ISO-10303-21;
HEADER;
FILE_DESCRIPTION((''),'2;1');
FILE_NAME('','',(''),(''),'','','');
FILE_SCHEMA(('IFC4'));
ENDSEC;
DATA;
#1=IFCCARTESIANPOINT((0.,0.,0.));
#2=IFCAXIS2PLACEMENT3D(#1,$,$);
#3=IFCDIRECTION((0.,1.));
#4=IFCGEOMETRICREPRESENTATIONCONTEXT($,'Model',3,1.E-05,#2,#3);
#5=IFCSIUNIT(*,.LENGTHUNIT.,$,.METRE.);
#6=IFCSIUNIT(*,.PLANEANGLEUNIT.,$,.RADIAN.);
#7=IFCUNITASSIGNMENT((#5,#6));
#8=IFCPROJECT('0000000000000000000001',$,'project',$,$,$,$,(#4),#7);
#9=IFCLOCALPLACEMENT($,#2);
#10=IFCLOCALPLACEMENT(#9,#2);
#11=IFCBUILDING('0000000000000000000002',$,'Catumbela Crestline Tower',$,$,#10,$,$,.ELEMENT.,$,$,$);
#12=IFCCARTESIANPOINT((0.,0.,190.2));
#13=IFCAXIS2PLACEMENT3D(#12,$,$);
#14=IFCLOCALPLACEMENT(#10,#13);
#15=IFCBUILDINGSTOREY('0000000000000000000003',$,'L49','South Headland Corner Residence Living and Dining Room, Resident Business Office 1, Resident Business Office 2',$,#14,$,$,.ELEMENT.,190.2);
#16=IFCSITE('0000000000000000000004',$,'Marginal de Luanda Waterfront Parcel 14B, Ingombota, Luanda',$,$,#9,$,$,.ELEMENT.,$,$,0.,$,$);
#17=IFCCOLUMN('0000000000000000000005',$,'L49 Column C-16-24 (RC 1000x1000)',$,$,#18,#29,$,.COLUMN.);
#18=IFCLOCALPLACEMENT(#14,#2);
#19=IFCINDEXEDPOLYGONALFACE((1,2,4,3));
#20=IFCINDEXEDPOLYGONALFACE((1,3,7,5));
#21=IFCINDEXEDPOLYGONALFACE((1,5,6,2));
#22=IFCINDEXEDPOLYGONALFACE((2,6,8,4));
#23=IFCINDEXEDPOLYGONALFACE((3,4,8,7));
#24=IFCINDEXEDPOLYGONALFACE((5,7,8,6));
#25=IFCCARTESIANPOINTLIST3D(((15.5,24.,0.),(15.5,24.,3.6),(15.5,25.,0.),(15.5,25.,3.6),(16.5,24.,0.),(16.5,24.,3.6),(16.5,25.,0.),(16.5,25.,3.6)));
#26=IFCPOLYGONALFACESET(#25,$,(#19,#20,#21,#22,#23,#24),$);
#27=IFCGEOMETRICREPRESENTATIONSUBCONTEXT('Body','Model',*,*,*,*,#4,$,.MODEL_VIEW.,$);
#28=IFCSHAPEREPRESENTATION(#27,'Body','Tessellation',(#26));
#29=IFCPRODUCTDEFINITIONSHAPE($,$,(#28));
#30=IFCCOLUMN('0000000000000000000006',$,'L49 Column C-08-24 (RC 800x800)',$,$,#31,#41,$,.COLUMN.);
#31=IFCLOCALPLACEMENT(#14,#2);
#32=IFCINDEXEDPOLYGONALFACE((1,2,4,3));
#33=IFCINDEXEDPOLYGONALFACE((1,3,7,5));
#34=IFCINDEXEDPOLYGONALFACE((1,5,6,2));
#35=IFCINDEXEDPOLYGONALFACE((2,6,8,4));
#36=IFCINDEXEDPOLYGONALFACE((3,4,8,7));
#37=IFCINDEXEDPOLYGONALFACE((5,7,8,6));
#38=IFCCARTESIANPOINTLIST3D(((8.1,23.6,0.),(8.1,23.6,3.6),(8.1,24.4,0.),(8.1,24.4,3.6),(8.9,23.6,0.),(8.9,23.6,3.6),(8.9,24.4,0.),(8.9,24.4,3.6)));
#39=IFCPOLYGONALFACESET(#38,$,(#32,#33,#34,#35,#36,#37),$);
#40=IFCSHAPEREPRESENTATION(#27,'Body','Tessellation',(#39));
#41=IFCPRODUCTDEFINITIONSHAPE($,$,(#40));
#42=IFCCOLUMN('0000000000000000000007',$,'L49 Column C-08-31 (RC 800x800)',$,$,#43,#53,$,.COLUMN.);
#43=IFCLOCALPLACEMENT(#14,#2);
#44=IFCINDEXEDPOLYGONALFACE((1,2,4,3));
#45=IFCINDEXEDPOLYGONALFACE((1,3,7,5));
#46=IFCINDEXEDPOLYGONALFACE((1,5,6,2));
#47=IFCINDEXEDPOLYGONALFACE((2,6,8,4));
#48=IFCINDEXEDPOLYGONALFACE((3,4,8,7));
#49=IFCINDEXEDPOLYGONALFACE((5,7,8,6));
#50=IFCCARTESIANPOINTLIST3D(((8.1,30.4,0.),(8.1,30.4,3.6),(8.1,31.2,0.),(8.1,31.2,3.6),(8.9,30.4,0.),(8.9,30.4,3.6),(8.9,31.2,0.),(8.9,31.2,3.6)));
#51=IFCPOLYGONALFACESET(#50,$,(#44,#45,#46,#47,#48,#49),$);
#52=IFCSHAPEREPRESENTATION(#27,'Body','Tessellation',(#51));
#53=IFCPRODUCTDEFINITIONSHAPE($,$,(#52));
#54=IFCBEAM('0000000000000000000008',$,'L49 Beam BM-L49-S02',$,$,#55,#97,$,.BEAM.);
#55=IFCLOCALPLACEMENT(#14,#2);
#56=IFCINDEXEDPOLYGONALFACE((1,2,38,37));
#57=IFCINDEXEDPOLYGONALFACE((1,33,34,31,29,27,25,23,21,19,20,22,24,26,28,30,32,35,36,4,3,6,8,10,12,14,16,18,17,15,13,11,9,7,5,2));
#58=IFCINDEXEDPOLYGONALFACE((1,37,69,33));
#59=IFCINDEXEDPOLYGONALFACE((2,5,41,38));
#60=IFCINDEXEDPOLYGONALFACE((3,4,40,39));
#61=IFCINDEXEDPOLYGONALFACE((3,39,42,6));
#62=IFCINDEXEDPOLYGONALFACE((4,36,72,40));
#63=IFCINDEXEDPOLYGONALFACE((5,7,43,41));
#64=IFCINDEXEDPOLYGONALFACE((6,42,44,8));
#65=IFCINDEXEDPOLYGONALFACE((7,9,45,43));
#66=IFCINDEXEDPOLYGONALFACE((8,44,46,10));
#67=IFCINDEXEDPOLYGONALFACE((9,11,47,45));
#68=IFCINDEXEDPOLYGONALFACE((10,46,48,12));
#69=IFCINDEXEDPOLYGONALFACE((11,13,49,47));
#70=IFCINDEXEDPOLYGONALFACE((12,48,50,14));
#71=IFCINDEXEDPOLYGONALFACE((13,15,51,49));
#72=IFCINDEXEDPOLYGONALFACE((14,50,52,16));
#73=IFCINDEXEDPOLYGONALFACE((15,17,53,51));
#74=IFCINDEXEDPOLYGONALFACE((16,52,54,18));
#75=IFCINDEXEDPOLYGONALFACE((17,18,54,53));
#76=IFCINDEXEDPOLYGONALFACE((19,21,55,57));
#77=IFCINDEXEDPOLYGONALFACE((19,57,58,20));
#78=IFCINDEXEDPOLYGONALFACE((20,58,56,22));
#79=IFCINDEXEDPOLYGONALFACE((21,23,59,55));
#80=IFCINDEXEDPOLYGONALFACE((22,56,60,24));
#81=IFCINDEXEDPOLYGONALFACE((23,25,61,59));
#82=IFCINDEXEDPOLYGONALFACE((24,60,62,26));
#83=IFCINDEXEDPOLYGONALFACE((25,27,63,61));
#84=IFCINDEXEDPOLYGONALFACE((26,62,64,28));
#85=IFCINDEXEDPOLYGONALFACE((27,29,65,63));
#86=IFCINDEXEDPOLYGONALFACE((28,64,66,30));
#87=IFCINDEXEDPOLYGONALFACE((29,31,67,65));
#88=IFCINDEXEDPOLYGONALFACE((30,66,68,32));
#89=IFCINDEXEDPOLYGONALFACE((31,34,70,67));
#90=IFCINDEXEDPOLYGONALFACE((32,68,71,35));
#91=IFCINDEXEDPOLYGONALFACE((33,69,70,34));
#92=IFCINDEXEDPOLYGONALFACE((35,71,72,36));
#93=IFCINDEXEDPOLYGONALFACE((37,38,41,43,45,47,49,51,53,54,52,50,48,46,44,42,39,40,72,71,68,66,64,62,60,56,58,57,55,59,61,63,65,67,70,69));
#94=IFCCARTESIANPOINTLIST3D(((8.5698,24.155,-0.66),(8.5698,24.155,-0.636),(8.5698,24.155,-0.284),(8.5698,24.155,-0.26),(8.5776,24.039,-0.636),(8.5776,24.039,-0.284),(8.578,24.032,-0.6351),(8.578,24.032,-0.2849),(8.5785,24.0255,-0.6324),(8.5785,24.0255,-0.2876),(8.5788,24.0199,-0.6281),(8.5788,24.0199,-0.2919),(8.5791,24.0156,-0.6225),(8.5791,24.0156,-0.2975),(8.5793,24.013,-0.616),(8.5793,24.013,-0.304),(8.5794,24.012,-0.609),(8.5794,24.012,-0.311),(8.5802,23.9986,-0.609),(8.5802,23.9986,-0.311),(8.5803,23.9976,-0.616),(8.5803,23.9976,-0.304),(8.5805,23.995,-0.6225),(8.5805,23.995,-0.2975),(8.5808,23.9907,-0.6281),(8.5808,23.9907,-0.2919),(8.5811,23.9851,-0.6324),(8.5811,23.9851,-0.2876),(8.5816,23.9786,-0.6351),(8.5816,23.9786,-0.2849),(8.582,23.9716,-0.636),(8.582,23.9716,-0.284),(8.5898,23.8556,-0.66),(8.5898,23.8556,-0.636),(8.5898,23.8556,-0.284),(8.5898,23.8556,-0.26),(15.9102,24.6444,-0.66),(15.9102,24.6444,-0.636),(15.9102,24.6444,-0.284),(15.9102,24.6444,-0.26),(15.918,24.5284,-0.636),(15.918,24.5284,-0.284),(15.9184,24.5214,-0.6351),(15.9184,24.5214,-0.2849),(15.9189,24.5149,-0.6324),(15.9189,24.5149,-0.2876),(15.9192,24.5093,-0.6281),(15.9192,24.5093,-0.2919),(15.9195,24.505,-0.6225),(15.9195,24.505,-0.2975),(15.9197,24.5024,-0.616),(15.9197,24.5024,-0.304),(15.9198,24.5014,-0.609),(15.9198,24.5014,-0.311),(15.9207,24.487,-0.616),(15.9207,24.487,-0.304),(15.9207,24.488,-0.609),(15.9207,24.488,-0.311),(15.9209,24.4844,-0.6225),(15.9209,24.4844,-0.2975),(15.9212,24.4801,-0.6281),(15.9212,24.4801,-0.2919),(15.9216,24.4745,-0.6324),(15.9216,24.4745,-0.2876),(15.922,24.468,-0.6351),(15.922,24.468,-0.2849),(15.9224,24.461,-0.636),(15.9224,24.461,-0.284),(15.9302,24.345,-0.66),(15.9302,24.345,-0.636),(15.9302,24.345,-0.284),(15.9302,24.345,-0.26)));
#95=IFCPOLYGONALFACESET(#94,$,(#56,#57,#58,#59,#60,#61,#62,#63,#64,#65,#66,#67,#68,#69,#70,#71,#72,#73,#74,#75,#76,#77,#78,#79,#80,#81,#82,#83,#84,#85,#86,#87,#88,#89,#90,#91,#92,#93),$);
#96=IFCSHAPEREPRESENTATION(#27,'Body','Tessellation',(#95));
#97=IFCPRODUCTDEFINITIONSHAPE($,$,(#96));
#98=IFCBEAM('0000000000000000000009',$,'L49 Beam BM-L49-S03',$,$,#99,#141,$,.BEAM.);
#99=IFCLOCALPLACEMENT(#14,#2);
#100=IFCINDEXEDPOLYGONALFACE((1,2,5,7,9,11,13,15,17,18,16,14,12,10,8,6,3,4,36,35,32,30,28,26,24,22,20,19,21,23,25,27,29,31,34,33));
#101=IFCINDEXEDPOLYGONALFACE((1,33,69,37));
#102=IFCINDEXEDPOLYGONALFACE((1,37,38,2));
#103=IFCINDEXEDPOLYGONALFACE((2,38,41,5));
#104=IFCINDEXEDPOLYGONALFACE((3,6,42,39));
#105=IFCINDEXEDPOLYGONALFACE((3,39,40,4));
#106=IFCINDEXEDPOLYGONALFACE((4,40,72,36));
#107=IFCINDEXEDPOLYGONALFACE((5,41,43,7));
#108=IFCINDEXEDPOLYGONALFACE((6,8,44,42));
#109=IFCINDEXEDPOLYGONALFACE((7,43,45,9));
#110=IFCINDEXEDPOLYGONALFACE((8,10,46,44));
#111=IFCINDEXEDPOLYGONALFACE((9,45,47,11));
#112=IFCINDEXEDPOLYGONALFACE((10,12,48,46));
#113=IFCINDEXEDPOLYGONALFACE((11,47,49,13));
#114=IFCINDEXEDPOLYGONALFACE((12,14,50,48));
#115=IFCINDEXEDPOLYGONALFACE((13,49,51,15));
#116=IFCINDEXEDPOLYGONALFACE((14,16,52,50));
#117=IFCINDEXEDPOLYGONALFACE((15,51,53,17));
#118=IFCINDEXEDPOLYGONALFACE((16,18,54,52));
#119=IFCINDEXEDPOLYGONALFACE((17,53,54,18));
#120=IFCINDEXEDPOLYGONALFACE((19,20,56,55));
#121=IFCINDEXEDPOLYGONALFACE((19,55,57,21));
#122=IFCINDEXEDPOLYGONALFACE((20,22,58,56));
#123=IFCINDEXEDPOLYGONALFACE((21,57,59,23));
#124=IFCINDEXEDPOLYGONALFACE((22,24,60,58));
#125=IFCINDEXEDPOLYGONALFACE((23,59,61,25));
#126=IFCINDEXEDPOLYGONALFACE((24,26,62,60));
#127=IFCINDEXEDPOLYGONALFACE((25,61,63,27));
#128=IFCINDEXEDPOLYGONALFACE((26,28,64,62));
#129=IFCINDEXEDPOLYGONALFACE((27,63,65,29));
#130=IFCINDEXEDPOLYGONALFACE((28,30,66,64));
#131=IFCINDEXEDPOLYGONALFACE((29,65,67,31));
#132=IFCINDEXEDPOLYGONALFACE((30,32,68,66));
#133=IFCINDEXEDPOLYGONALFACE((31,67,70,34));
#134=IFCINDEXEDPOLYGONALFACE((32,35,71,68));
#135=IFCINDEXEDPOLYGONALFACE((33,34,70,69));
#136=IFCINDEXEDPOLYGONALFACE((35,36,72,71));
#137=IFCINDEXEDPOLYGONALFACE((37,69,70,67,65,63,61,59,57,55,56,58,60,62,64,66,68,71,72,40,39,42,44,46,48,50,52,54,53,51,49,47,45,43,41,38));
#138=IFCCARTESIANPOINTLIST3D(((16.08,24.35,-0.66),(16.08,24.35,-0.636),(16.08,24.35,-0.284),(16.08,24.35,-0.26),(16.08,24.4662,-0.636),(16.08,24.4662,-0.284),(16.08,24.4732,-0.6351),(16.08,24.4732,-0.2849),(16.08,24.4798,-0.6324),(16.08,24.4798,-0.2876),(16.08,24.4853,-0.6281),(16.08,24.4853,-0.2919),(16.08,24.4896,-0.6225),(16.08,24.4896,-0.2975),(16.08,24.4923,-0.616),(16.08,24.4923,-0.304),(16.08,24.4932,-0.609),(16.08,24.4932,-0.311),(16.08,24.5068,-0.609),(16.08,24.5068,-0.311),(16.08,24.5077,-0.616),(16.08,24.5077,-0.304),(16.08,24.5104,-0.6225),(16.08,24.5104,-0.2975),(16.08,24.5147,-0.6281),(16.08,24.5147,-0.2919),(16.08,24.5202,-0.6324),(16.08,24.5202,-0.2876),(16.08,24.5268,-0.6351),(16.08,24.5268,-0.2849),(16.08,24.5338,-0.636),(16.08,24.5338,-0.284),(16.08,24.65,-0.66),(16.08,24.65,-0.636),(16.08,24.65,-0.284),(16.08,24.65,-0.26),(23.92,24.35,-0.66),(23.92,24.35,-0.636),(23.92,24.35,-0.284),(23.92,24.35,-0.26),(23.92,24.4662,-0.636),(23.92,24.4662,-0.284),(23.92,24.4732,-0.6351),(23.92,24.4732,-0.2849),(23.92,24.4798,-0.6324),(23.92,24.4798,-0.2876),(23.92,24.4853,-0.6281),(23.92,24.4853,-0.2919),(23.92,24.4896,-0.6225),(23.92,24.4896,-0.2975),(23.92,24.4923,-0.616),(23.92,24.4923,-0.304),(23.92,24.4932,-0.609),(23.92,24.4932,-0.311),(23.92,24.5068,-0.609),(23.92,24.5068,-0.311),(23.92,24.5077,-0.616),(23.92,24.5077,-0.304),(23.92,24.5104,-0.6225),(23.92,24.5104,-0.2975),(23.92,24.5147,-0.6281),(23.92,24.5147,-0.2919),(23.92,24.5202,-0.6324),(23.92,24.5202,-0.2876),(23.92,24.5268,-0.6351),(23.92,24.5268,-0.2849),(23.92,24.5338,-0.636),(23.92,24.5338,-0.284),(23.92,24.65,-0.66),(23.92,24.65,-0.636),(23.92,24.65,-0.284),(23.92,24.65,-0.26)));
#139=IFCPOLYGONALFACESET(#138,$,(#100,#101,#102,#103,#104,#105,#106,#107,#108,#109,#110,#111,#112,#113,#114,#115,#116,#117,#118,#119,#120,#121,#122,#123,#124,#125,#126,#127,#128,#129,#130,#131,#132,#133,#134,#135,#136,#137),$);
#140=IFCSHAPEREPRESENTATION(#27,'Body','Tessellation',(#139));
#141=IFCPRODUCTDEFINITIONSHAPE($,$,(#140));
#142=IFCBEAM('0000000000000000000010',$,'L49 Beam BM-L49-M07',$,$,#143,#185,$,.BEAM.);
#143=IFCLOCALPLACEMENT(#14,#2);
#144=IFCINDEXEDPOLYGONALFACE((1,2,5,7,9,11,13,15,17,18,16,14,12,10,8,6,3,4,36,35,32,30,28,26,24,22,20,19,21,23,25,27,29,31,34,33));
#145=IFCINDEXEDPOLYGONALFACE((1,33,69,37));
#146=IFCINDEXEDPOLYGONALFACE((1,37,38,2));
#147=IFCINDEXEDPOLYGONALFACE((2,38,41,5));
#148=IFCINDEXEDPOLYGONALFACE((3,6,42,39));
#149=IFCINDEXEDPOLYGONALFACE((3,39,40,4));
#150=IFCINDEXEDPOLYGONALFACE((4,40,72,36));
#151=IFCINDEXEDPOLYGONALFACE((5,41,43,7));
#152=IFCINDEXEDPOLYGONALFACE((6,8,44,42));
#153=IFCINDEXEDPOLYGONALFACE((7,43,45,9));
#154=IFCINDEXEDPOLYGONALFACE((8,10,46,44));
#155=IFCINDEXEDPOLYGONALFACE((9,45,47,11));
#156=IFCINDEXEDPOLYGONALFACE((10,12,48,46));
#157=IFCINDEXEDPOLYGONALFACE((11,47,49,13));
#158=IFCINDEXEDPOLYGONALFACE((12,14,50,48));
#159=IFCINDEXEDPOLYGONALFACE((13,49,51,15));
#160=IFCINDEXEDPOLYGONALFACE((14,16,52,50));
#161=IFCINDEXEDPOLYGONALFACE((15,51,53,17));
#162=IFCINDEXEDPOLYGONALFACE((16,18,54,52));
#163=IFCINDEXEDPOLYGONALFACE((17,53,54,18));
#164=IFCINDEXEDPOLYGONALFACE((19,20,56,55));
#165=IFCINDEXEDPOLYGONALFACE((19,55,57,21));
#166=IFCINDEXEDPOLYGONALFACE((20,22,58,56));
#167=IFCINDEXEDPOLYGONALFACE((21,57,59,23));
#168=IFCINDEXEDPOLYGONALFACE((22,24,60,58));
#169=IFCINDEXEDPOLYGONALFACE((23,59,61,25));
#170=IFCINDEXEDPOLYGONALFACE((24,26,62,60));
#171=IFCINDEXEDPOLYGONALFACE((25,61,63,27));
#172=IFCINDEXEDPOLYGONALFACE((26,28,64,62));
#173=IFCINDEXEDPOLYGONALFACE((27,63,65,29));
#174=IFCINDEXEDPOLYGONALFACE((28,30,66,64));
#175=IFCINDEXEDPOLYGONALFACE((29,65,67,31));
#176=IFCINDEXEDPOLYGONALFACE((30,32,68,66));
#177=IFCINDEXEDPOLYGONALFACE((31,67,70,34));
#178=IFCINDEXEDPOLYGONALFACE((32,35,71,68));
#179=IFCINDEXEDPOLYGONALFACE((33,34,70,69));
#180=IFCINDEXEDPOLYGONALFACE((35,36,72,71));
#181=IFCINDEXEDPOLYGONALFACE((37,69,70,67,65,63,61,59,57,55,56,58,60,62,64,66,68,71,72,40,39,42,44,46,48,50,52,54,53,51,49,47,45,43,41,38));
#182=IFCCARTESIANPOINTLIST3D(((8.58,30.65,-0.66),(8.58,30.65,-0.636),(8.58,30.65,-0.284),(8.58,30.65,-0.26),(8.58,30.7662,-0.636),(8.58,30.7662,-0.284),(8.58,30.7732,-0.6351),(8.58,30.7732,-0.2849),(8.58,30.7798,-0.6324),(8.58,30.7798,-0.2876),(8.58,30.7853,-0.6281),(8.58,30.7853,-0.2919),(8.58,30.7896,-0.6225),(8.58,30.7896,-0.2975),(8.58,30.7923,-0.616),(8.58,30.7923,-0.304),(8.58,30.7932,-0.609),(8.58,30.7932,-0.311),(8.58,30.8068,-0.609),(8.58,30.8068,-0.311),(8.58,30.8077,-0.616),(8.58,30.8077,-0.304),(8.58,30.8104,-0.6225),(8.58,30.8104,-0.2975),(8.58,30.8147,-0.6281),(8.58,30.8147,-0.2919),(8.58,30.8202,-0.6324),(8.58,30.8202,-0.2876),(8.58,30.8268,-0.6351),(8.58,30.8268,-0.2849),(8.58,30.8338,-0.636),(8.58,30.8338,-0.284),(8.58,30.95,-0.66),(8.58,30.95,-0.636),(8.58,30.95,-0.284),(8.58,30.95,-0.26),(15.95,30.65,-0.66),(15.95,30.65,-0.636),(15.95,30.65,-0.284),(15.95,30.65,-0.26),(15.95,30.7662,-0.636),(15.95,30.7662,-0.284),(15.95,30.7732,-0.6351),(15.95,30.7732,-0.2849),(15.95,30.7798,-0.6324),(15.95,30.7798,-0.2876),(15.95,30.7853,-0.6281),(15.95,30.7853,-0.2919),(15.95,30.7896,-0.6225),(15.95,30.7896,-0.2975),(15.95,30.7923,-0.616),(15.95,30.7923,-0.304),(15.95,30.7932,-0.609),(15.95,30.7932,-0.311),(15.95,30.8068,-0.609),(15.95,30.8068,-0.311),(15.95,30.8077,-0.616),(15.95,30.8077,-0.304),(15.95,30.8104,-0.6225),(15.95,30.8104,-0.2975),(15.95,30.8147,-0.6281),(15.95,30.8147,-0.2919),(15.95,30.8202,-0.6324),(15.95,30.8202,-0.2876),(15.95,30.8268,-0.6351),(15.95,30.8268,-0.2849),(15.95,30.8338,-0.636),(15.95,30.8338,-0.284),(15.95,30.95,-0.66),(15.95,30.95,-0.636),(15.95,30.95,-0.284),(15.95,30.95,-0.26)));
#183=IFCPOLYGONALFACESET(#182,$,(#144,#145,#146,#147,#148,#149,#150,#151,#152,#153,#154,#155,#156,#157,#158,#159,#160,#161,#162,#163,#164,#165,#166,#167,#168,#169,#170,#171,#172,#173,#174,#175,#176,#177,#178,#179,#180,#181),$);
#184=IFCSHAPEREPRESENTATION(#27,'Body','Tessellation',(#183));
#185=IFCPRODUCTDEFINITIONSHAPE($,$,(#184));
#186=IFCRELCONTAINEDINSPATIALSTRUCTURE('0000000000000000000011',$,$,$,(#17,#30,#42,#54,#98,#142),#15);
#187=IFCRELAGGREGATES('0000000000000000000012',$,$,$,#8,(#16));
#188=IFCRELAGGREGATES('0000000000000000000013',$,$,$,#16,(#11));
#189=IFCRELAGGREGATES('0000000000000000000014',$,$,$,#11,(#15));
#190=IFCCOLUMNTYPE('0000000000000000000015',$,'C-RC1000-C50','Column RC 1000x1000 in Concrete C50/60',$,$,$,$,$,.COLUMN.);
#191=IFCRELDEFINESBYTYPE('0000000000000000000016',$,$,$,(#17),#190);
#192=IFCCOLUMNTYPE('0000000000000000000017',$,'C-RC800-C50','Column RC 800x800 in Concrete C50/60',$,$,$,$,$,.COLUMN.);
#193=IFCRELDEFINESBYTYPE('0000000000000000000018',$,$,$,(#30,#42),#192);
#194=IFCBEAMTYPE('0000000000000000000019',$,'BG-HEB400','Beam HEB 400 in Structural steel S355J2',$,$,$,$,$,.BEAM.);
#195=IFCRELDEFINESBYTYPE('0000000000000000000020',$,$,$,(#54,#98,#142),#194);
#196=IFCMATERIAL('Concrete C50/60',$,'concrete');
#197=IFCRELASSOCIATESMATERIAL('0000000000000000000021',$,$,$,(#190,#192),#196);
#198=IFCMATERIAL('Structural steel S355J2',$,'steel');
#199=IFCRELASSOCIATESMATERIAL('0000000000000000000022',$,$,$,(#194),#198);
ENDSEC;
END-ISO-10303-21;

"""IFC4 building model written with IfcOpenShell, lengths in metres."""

from ifc_helpers import new_model, si_unit, direction, frame, origin, origin_2d, place, context, subcontext, project, spatial, rectangle, i_section, extrude, material, material_profile, profile_set, type_object, element, save


model = new_model("IFC4")

# Units and contexts
model_context = context("Model", 3, precision=1e-05, world=origin(), true_north=direction((0.0, 1.0)))
body_context = subcontext(model_context, "Body", "Model", "MODEL_VIEW")
ifc_project = project(units=[si_unit("LENGTHUNIT", "METRE"), si_unit("PLANEANGLEUNIT", "RADIAN")], contexts=[model_context])

# Site, building, storey
site_placement = place(None, origin())
site = spatial("IfcSite", under=ifc_project, at=site_placement, Name="Marginal de Luanda Waterfront Parcel 14B, Ingombota, Luanda", CompositionType="ELEMENT", RefElevation=0.0)
building_placement = place(site_placement, origin())
building = spatial("IfcBuilding", under=site, at=building_placement, Name="Catumbela Crestline Tower", CompositionType="ELEMENT")
storey_placement = place(building_placement, frame((0.0, 0.0, 190.2)))
storey = spatial("IfcBuildingStorey", under=building, at=storey_placement, Name="L49", Description="South Headland Corner Residence Living and Dining Room, Resident Business Office 1, Resident Business Office 2", CompositionType="ELEMENT", Elevation=190.2)

# Columns
ifc_material_1 = material(Name="Concrete C50/60", Category="concrete")
ifc_material_profile_1 = material_profile(ifc_material_1, rectangle(XDim=1.0, YDim=1.0, at=origin_2d()), Name="RC 1000x1000")
ifc_profile_set_1 = profile_set([ifc_material_profile_1], Name="Concrete C50/60")
column_type_1 = type_object("IfcColumnType", Name="C-RC1000-C50", Description="Column RC 1000x1000 in Concrete C50/60", PredefinedType="COLUMN", material=ifc_profile_set_1)
column_placement = place(storey_placement, frame((16.0, 24.5, 0.0), z_axis=(0.0, 0.0, 1.0), x_axis=(1.0, 0.0, 0.0)))
element("IfcColumn", 1, at=column_placement, inside=storey, type_object=column_type_1, Name="L49 Column C-16-24 (RC 1000x1000)", PredefinedType="COLUMN", context=body_context, shape_type="SweptSolid", body=[
    extrude(rectangle(XDim=1.0, YDim=1.0, at=origin_2d()), origin(), (0.0, 0.0, 1.0), 3.6),
])
ifc_material_profile_2 = material_profile(ifc_material_1, rectangle(XDim=0.8, YDim=0.8, at=origin_2d()), Name="RC 800x800")
ifc_profile_set_2 = profile_set([ifc_material_profile_2], Name="Concrete C50/60")
column_type_2 = type_object("IfcColumnType", Name="C-RC800-C50", Description="Column RC 800x800 in Concrete C50/60", PredefinedType="COLUMN", material=ifc_profile_set_2)
for number, where, z_axis, x_axis, name in (
    (2, (8.5, 24.0, 0.0), (0.0, 0.0, 1.0), (1.0, 0.0, 0.0), "L49 Column C-08-24 (RC 800x800)"),
    (3, (8.5, 30.8, 0.0), (0.0, 0.0, 1.0), (1.0, 0.0, 0.0), "L49 Column C-08-31 (RC 800x800)"),
):
    element("IfcColumn", number, at=place(storey_placement, frame(where, z_axis=z_axis, x_axis=x_axis)), inside=storey, type_object=column_type_2, Name=name, PredefinedType="COLUMN", context=body_context, shape_type="SweptSolid", body=[
        extrude(rectangle(XDim=0.8, YDim=0.8, at=origin_2d()), origin(), (0.0, 0.0, 1.0), 3.6),
    ])

# Beams
ifc_material_2 = material(Name="Structural steel S355J2", Category="steel")
ifc_material_profile_3 = material_profile(ifc_material_2, i_section(OverallWidth=0.3, OverallDepth=0.4, WebThickness=0.0135, FlangeThickness=0.024, FilletRadius=0.027, at=origin_2d()), Name="HEB 400")
ifc_profile_set_3 = profile_set([ifc_material_profile_3], Name="Structural steel S355J2")
beam_type_1 = type_object("IfcBeamType", Name="BG-HEB400", Description="Beam HEB 400 in Structural steel S355J2", PredefinedType="BEAM", material=ifc_profile_set_3)
beam_1_placement = place(storey_placement, frame((8.5798, 24.0053, -0.46), z_axis=(0.997785, 0.066524, 0.0), x_axis=(-0.066524, 0.997785, 0.0)))
element("IfcBeam", 4, at=beam_1_placement, inside=storey, type_object=beam_type_1, Name="L49 Beam BM-L49-S02", PredefinedType="BEAM", context=body_context, shape_type="SweptSolid", body=[
    extrude(i_section(OverallWidth=0.3, OverallDepth=0.4, WebThickness=0.0135, FlangeThickness=0.024, FilletRadius=0.027, at=origin_2d()), origin(), (0.0, 0.0, 1.0), 7.3567),
])
beam_2_placement = place(storey_placement, frame((16.08, 24.5, -0.46), z_axis=(1.0, 0.0, 0.0), x_axis=(0.0, 1.0, 0.0)))
element("IfcBeam", 5, at=beam_2_placement, inside=storey, type_object=beam_type_1, Name="L49 Beam BM-L49-S03", PredefinedType="BEAM", context=body_context, shape_type="SweptSolid", body=[
    extrude(i_section(OverallWidth=0.3, OverallDepth=0.4, WebThickness=0.0135, FlangeThickness=0.024, FilletRadius=0.027, at=origin_2d()), origin(), (0.0, 0.0, 1.0), 7.84),
])
beam_3_placement = place(storey_placement, frame((8.58, 30.8, -0.46), z_axis=(1.0, 0.0, 0.0), x_axis=(0.0, 1.0, 0.0)))
element("IfcBeam", 6, at=beam_3_placement, inside=storey, type_object=beam_type_1, Name="L49 Beam BM-L49-M07", PredefinedType="BEAM", context=body_context, shape_type="SweptSolid", body=[
    extrude(i_section(OverallWidth=0.3, OverallDepth=0.4, WebThickness=0.0135, FlangeThickness=0.024, FilletRadius=0.027, at=origin_2d()), origin(), (0.0, 0.0, 1.0), 7.37),
])

save(model, "model.ifc")
